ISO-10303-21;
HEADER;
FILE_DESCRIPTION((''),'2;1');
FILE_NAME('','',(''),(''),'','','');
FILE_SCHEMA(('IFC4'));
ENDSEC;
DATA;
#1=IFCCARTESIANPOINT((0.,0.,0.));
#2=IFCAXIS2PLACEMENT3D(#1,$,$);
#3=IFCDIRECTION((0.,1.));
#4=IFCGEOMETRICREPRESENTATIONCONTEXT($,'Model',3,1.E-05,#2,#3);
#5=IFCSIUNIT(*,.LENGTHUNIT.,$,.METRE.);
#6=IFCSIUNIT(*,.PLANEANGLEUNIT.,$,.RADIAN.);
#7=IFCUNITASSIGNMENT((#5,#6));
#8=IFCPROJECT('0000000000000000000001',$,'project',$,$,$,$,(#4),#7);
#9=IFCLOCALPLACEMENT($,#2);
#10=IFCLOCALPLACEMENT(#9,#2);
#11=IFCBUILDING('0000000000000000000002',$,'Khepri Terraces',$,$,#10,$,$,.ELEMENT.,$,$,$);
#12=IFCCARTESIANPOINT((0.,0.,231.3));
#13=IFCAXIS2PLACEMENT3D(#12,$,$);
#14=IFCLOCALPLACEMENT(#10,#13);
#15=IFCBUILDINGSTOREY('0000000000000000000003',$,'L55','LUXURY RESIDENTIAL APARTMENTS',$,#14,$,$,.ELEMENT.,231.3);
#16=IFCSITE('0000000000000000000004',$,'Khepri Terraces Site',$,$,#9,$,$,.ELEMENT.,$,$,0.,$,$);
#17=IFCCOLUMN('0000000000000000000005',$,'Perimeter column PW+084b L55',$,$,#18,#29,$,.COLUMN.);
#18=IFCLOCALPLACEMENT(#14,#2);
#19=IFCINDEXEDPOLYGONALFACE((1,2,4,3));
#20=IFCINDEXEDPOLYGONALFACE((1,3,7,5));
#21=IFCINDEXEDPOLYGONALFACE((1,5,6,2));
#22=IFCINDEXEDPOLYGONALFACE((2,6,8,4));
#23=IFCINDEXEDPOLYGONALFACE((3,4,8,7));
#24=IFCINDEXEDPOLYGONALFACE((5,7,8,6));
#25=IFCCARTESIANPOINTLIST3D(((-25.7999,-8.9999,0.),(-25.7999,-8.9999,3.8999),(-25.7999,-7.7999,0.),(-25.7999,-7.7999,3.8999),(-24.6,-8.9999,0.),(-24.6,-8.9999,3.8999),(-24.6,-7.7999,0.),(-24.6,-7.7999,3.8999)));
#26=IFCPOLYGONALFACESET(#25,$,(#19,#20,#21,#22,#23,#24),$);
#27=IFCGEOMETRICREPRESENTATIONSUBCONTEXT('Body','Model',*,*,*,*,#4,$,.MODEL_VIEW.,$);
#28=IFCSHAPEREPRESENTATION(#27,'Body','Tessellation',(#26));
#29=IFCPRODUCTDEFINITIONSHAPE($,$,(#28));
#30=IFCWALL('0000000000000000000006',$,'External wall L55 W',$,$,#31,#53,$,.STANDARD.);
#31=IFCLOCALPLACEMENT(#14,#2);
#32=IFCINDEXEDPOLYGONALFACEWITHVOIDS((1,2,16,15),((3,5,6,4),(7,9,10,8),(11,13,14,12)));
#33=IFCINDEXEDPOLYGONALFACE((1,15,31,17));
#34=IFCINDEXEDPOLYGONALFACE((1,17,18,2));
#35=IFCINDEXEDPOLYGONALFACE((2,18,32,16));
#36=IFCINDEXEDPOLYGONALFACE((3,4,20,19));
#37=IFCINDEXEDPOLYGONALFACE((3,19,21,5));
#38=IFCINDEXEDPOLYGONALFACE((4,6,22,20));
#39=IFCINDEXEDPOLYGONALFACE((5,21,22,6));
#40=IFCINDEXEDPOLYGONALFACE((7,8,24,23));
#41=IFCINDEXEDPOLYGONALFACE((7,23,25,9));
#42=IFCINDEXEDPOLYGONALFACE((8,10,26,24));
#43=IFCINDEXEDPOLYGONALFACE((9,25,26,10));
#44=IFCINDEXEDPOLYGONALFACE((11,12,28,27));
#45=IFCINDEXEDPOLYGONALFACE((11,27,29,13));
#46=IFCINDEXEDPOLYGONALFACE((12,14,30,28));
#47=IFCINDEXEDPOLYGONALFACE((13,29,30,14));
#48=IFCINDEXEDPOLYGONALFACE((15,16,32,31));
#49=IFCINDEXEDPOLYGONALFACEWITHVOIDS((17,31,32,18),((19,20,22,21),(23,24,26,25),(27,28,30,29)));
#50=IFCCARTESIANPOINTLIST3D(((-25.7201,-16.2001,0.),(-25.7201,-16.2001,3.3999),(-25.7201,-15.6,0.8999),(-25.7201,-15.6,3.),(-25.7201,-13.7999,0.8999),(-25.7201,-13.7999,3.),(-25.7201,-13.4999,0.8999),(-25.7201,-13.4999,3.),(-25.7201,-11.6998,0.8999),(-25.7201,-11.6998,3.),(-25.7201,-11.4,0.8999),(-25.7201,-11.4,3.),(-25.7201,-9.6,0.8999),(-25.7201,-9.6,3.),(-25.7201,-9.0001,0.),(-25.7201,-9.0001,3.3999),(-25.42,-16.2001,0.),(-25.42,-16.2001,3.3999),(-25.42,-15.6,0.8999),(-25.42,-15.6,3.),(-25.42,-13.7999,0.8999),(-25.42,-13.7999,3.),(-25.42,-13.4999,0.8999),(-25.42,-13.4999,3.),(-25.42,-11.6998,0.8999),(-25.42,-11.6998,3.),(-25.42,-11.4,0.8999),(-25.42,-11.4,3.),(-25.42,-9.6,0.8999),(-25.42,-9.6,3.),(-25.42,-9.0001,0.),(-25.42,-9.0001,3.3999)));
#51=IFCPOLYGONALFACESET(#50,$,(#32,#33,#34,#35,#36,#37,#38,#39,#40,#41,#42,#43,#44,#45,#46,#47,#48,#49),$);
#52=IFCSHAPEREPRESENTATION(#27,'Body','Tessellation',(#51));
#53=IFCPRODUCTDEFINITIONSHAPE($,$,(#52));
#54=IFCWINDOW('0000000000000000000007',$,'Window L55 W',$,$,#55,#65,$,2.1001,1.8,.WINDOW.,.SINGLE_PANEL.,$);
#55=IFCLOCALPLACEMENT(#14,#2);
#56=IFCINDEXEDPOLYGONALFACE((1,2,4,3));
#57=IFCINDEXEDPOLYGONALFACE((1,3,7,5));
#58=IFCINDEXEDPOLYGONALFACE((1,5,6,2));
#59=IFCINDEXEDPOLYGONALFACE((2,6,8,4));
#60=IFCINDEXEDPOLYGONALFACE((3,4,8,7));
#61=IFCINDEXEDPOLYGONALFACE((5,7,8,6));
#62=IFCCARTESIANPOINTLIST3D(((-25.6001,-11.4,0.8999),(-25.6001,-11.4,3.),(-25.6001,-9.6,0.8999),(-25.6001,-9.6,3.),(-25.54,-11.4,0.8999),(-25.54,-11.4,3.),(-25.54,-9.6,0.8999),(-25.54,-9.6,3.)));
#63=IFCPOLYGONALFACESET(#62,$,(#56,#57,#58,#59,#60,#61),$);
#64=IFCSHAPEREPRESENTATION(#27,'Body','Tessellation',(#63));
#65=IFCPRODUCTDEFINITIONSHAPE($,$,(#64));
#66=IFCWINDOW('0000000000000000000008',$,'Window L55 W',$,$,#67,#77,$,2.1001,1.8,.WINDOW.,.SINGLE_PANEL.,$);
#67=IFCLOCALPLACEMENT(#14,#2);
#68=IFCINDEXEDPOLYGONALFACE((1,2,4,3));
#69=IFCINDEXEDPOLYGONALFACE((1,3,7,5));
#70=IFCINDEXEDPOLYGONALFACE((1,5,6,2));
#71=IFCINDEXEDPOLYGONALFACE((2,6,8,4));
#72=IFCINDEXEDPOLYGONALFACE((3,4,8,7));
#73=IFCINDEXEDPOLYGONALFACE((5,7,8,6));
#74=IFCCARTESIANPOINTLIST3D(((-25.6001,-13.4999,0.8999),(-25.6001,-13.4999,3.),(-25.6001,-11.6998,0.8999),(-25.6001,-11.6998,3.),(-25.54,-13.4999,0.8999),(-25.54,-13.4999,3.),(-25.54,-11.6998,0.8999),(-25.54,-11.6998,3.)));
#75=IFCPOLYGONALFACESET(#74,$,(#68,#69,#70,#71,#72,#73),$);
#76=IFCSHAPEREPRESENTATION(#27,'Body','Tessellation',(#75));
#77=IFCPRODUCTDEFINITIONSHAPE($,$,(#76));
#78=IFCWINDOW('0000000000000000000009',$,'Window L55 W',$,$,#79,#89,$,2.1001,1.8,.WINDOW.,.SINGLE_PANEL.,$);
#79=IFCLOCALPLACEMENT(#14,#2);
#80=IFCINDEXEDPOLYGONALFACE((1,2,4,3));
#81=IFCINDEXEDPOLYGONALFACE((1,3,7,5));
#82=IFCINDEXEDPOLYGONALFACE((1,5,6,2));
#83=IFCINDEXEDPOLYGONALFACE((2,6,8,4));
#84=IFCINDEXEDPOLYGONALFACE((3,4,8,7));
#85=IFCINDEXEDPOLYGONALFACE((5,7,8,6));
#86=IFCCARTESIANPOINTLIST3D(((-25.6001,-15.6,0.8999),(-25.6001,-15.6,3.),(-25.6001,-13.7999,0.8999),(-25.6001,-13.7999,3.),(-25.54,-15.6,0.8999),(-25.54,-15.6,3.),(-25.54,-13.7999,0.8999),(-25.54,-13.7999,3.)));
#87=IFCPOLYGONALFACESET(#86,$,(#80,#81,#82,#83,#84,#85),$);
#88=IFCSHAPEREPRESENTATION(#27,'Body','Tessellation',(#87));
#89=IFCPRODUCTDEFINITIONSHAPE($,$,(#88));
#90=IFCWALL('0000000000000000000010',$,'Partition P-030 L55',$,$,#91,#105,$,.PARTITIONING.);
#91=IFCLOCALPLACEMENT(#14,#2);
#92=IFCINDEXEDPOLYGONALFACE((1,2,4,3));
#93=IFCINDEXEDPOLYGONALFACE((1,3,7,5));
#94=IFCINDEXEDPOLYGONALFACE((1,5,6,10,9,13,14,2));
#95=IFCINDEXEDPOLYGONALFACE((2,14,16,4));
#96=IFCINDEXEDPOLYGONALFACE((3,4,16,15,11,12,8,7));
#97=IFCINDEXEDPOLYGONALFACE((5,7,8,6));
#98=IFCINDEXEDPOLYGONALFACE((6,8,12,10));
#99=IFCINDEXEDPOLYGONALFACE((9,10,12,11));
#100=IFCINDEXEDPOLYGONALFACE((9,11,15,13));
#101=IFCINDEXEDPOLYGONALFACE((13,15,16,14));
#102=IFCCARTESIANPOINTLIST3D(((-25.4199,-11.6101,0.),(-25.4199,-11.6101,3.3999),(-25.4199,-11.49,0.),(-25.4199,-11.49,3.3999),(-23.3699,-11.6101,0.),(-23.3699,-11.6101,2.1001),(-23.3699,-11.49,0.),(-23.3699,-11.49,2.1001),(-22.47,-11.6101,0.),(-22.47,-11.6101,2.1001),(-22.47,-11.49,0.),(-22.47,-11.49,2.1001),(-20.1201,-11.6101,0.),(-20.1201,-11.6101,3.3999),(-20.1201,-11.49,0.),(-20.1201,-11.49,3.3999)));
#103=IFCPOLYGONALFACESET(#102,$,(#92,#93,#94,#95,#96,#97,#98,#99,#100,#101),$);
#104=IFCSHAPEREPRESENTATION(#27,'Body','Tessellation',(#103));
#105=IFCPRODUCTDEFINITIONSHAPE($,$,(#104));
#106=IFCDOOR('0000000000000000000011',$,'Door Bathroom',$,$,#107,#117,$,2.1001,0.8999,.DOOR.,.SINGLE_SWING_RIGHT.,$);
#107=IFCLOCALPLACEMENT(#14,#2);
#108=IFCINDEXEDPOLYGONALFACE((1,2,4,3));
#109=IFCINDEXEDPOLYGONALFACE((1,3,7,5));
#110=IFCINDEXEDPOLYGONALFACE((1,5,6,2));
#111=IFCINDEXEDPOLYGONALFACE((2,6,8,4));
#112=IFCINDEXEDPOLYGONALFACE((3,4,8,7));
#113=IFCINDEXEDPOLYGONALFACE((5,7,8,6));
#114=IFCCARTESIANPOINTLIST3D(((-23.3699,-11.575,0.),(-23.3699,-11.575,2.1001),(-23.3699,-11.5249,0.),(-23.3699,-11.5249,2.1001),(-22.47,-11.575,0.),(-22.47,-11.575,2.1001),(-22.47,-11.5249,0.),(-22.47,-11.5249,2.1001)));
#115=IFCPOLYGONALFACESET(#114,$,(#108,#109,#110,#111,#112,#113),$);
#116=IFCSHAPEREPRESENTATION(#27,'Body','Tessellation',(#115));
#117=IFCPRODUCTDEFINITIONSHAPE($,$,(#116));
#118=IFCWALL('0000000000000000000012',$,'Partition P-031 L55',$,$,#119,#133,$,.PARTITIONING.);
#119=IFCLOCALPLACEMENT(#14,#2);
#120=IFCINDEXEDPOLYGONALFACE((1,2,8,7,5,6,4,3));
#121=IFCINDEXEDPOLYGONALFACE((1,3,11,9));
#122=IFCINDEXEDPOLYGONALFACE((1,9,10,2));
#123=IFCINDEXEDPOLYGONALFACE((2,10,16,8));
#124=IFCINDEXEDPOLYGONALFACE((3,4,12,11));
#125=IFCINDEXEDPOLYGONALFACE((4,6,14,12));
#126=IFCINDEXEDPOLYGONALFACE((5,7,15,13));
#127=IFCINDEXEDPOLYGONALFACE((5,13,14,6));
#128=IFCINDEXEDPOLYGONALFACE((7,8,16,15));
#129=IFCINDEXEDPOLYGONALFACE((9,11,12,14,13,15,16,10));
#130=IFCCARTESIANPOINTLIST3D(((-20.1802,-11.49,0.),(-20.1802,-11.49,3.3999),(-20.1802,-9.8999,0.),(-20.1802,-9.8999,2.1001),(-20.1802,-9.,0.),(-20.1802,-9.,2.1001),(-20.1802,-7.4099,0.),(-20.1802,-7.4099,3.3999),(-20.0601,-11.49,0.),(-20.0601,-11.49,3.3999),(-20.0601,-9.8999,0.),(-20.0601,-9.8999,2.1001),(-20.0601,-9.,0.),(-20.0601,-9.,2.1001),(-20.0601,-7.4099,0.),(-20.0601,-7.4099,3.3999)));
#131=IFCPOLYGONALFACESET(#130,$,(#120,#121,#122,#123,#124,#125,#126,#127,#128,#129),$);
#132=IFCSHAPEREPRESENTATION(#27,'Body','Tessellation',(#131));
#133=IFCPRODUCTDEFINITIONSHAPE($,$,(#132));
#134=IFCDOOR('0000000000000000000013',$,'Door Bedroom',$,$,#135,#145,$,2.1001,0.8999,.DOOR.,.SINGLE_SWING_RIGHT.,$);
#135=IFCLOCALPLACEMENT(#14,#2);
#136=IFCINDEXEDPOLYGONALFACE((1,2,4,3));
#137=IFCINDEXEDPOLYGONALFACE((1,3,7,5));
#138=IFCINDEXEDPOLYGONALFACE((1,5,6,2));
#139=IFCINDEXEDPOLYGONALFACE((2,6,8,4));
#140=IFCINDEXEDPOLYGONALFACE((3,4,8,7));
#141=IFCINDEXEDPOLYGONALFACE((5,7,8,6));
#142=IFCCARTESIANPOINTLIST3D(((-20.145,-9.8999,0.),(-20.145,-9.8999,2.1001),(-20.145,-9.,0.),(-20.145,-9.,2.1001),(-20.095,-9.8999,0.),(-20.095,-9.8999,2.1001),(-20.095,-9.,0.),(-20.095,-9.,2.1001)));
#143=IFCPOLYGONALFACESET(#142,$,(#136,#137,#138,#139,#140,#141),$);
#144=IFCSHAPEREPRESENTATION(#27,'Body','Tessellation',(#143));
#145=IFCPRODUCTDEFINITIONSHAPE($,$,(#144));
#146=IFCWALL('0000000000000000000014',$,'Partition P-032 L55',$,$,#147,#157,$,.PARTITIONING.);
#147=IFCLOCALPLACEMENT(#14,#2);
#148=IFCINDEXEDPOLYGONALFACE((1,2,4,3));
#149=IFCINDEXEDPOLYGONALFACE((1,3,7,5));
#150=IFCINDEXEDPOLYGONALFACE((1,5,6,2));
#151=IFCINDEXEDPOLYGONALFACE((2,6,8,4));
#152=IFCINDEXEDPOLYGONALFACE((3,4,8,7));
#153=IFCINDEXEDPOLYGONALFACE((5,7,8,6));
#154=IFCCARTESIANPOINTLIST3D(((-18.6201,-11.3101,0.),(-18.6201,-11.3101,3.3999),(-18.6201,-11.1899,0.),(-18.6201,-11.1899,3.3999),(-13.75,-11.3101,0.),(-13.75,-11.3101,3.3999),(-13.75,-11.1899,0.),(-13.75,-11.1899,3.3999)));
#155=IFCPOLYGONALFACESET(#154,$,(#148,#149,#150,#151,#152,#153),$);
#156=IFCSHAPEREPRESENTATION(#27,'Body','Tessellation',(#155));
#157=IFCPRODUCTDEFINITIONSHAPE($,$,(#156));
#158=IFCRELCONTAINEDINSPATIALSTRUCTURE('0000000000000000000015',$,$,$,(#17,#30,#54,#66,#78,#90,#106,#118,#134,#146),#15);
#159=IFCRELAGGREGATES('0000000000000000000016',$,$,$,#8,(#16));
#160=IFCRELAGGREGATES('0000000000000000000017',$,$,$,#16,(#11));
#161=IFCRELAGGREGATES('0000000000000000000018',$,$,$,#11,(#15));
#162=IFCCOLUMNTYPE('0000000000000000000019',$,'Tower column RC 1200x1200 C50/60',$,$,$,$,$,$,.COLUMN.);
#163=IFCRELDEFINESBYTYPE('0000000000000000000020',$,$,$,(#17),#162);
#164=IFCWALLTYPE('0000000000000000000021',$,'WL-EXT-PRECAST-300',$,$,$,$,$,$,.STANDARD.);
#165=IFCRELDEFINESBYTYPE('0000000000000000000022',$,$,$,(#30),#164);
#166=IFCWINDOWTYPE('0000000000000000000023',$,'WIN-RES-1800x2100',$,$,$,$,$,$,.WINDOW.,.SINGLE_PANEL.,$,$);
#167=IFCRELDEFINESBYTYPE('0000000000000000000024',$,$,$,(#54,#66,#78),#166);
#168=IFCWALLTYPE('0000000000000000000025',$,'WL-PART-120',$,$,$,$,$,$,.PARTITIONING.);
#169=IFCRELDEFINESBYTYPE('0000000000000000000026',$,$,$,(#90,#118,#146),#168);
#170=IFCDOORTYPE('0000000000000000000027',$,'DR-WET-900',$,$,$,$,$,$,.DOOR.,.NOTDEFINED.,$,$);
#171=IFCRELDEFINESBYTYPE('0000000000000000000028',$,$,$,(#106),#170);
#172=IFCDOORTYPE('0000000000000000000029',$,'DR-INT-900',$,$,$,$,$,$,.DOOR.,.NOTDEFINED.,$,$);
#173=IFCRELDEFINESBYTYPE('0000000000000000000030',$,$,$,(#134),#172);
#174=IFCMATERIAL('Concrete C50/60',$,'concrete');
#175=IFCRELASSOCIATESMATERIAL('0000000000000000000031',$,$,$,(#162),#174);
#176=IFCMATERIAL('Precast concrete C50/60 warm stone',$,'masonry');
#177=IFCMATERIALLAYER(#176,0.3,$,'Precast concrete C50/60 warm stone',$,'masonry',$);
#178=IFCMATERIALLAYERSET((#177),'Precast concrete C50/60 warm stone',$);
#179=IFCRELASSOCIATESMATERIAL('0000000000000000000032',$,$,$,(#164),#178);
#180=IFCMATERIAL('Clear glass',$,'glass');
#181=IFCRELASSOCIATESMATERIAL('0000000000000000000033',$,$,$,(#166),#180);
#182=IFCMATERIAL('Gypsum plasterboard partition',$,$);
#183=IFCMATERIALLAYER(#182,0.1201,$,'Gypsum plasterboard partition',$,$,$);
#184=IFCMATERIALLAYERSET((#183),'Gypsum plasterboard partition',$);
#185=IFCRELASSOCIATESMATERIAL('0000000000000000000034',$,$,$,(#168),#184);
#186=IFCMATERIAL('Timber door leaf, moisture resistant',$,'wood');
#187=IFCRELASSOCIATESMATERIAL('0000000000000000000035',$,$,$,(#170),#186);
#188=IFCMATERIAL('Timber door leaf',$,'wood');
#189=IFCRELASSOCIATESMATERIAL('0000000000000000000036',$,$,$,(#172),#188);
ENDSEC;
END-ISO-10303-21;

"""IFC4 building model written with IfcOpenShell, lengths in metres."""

from ifc_helpers import new_model, si_unit, direction, frame, frame_2d, origin, origin_2d, place, context, subcontext, project, spatial, rectangle, extrude, material, layer, layer_set, material_profile, profile_set, type_object, element, fill, save


model = new_model("IFC4")

# Units and contexts
model_context = context("Model", 3, precision=1e-05, world=origin(), true_north=direction((0.0, 1.0)))
body_context = subcontext(model_context, "Body", "Model", "MODEL_VIEW")
ifc_project = project(units=[si_unit("LENGTHUNIT", "METRE"), si_unit("PLANEANGLEUNIT", "RADIAN")], contexts=[model_context])

# Site, building, storey
site_placement = place(None, origin())
site = spatial("IfcSite", under=ifc_project, at=site_placement, Name="Khepri Terraces Site", CompositionType="ELEMENT", RefElevation=0.0)
building_placement = place(site_placement, origin())
building = spatial("IfcBuilding", under=site, at=building_placement, Name="Khepri Terraces", CompositionType="ELEMENT")
storey_placement = place(building_placement, frame((0.0, 0.0, 231.3)))
storey = spatial("IfcBuildingStorey", under=building, at=storey_placement, Name="L55", Description="LUXURY RESIDENTIAL APARTMENTS", CompositionType="ELEMENT", Elevation=231.3)

# Column
ifc_material_1 = material(Name="Concrete C50/60", Category="concrete")
ifc_material_profile = material_profile(ifc_material_1, rectangle(XDim=1.2, YDim=1.2, at=origin_2d()), Name="Concrete C50/60", Category="concrete")
ifc_profile_set = profile_set([ifc_material_profile], Name="Concrete C50/60")
column_type = type_object("IfcColumnType", Name="Tower column RC 1200x1200 C50/60", PredefinedType="COLUMN", material=ifc_profile_set)
column_placement = place(storey_placement, frame((-25.2, -8.3999, 0.0), z_axis=(0.0, 0.0, 1.0), x_axis=(1.0, 0.0, 0.0)))
element("IfcColumn", 1, at=column_placement, inside=storey, type_object=column_type, Name="Perimeter column PW+084b L55", PredefinedType="COLUMN", context=body_context, shape_type="SweptSolid", body=[
    extrude(rectangle(XDim=1.2, YDim=1.2, at=origin_2d()), origin(), (0.0, 0.0, 1.0), 3.8999),
])

# Wall, openings, windows
ifc_material_2 = material(Name="Precast concrete C50/60 warm stone", Category="masonry")
ifc_layer_1 = layer(ifc_material_2, 0.3, Name="Precast concrete C50/60 warm stone", Category="masonry")
ifc_layer_set_1 = layer_set([ifc_layer_1], Name="Precast concrete C50/60 warm stone")
wall_type_1 = type_object("IfcWallType", Name="WL-EXT-PRECAST-300", PredefinedType="STANDARD", material=ifc_layer_set_1)
wall_1_placement = place(storey_placement, frame((-25.5701, -9.0, 0.0), z_axis=(0.0, 0.0, 1.0), x_axis=(0.0, -1.0, 0.0)))
wall_1 = element("IfcWall", 2, at=wall_1_placement, inside=storey, type_object=wall_type_1, Name="External wall L55 W", PredefinedType="STANDARD", context=body_context, shape_type="SweptSolid", body=[
    extrude(rectangle(XDim=7.2, YDim=0.3, at=frame_2d((3.6001, 0.0))), origin(), (0.0, 0.0, 1.0), 3.3999),
])
opening_1_placement = place(wall_1_placement, frame((0.6001, 0.0, 0.8999)))
opening_1 = element("IfcOpeningElement", 3, at=opening_1_placement, cuts=wall_1, PredefinedType="OPENING", context=body_context, shape_type="SweptSolid", body=[
    extrude(rectangle(XDim=1.8, YDim=2.1001, at=frame_2d((0.8999, 1.05))), frame((0.0, 0.1602, 0.0), z_axis=(0.0, -1.0, 0.0), x_axis=(1.0, 0.0, 0.0)), (0.0, 0.0, 1.0), 0.3201),
])
opening_2_placement = place(wall_1_placement, frame((2.7, 0.0, 0.8999)))
opening_2 = element("IfcOpeningElement", 4, at=opening_2_placement, cuts=wall_1, PredefinedType="OPENING", context=body_context, shape_type="SweptSolid", body=[
    extrude(rectangle(XDim=1.8, YDim=2.1001, at=frame_2d((0.8999, 1.05))), frame((0.0, 0.1602, 0.0), z_axis=(0.0, -1.0, 0.0), x_axis=(1.0, 0.0, 0.0)), (0.0, 0.0, 1.0), 0.3201),
])
opening_3_placement = place(wall_1_placement, frame((4.8, 0.0, 0.8999)))
opening_3 = element("IfcOpeningElement", 5, at=opening_3_placement, cuts=wall_1, PredefinedType="OPENING", context=body_context, shape_type="SweptSolid", body=[
    extrude(rectangle(XDim=1.8, YDim=2.1001, at=frame_2d((0.8999, 1.05))), frame((0.0, 0.1602, 0.0), z_axis=(0.0, -1.0, 0.0), x_axis=(1.0, 0.0, 0.0)), (0.0, 0.0, 1.0), 0.3201),
])
ifc_material_3 = material(Name="Clear glass", Category="glass")
window_type = type_object("IfcWindowType", Name="WIN-RES-1800x2100", PartitioningType="SINGLE_PANEL", PredefinedType="WINDOW", material=ifc_material_3)
window_1_placement = place(opening_1_placement, origin())
window_1 = element("IfcWindow", 6, at=window_1_placement, inside=storey, type_object=window_type, Name="Window L55 W", OverallHeight=2.1001, OverallWidth=1.8, PartitioningType="SINGLE_PANEL", PredefinedType="WINDOW", context=body_context, shape_type="SweptSolid", body=[
    extrude(rectangle(XDim=1.8, YDim=2.1001, at=frame_2d((0.8999, 1.05))), frame((0.0, 0.03, 0.0), z_axis=(0.0, -1.0, 0.0), x_axis=(1.0, 0.0, 0.0)), (0.0, 0.0, 1.0), 0.0601),
])
fill(opening_1, window_1)
window_2_placement = place(opening_2_placement, origin())
window_2 = element("IfcWindow", 7, at=window_2_placement, inside=storey, type_object=window_type, Name="Window L55 W", OverallHeight=2.1001, OverallWidth=1.8, PartitioningType="SINGLE_PANEL", PredefinedType="WINDOW", context=body_context, shape_type="SweptSolid", body=[
    extrude(rectangle(XDim=1.8, YDim=2.1001, at=frame_2d((0.8999, 1.05))), frame((0.0, 0.03, 0.0), z_axis=(0.0, -1.0, 0.0), x_axis=(1.0, 0.0, 0.0)), (0.0, 0.0, 1.0), 0.0601),
])
fill(opening_2, window_2)
window_3_placement = place(opening_3_placement, origin())
window_3 = element("IfcWindow", 8, at=window_3_placement, inside=storey, type_object=window_type, Name="Window L55 W", OverallHeight=2.1001, OverallWidth=1.8, PartitioningType="SINGLE_PANEL", PredefinedType="WINDOW", context=body_context, shape_type="SweptSolid", body=[
    extrude(rectangle(XDim=1.8, YDim=2.1001, at=frame_2d((0.8999, 1.05))), frame((0.0, 0.03, 0.0), z_axis=(0.0, -1.0, 0.0), x_axis=(1.0, 0.0, 0.0)), (0.0, 0.0, 1.0), 0.0601),
])
fill(opening_3, window_3)

# Walls, openings, doors
ifc_material_4 = material(Name="Gypsum plasterboard partition")
ifc_layer_2 = layer(ifc_material_4, 0.1201, Name="Gypsum plasterboard partition")
ifc_layer_set_2 = layer_set([ifc_layer_2], Name="Gypsum plasterboard partition")
wall_type_2 = type_object("IfcWallType", Name="WL-PART-120", PredefinedType="PARTITIONING", material=ifc_layer_set_2)
wall_2_placement = place(storey_placement, frame((-25.4199, -11.55, 0.0), z_axis=(0.0, 0.0, 1.0), x_axis=(1.0, 0.0, 0.0)))
wall_2 = element("IfcWall", 9, at=wall_2_placement, inside=storey, type_object=wall_type_2, Name="Partition P-030 L55", PredefinedType="PARTITIONING", context=body_context, shape_type="SweptSolid", body=[
    extrude(rectangle(XDim=5.2998, YDim=0.1201, at=frame_2d((2.6499, 0.0))), origin(), (0.0, 0.0, 1.0), 3.3999),
])
opening_4_placement = place(wall_2_placement, frame((2.05, 0.0, 0.0)))
opening_4 = element("IfcOpeningElement", 10, at=opening_4_placement, cuts=wall_2, PredefinedType="OPENING", context=body_context, shape_type="SweptSolid", body=[
    extrude(rectangle(XDim=0.8999, YDim=2.1001, at=frame_2d((0.45, 1.05))), frame((0.0, 0.0701, 0.0), z_axis=(0.0, -1.0, 0.0), x_axis=(1.0, 0.0, 0.0)), (0.0, 0.0, 1.0), 0.1401),
])
ifc_material_5 = material(Name="Timber door leaf, moisture resistant", Category="wood")
door_type_1 = type_object("IfcDoorType", Name="DR-WET-900", OperationType="NOTDEFINED", PredefinedType="DOOR", material=ifc_material_5)
door_1_placement = place(opening_4_placement, frame((0.8999, 0.0, 0.0), z_axis=(0.0, 0.0, 1.0), x_axis=(-1.0, 0.0, 0.0)))
door_1 = element("IfcDoor", 11, at=door_1_placement, inside=storey, type_object=door_type_1, Name="Door Bathroom", OperationType="SINGLE_SWING_RIGHT", OverallHeight=2.1001, OverallWidth=0.8999, PredefinedType="DOOR", context=body_context, shape_type="SweptSolid", body=[
    extrude(rectangle(XDim=0.8999, YDim=2.1001, at=frame_2d((0.45, 1.05))), frame((0.0, 0.0249, 0.0), z_axis=(0.0, -1.0, 0.0), x_axis=(1.0, 0.0, 0.0)), (0.0, 0.0, 1.0), 0.05),
])
fill(opening_4, door_1)
wall_3_placement = place(storey_placement, frame((-20.1201, -11.49, 0.0), z_axis=(0.0, 0.0, 1.0), x_axis=(0.0, 1.0, 0.0)))
wall_3 = element("IfcWall", 12, at=wall_3_placement, inside=storey, type_object=wall_type_2, Name="Partition P-031 L55", PredefinedType="PARTITIONING", context=body_context, shape_type="SweptSolid", body=[
    extrude(rectangle(XDim=4.0801, YDim=0.1201, at=frame_2d((2.04, 0.0))), origin(), (0.0, 0.0, 1.0), 3.3999),
])
opening_5_placement = place(wall_3_placement, frame((1.5901, 0.0, 0.0)))
opening_5 = element("IfcOpeningElement", 13, at=opening_5_placement, cuts=wall_3, PredefinedType="OPENING", context=body_context, shape_type="SweptSolid", body=[
    extrude(rectangle(XDim=0.8999, YDim=2.1001, at=frame_2d((0.45, 1.05))), frame((0.0, 0.0701, 0.0), z_axis=(0.0, -1.0, 0.0), x_axis=(1.0, 0.0, 0.0)), (0.0, 0.0, 1.0), 0.1401),
])
ifc_material_6 = material(Name="Timber door leaf", Category="wood")
door_type_2 = type_object("IfcDoorType", Name="DR-INT-900", OperationType="NOTDEFINED", PredefinedType="DOOR", material=ifc_material_6)
door_2_placement = place(opening_5_placement, origin())
door_2 = element("IfcDoor", 14, at=door_2_placement, inside=storey, type_object=door_type_2, Name="Door Bedroom", OperationType="SINGLE_SWING_RIGHT", OverallHeight=2.1001, OverallWidth=0.8999, PredefinedType="DOOR", context=body_context, shape_type="SweptSolid", body=[
    extrude(rectangle(XDim=0.8999, YDim=2.1001, at=frame_2d((0.45, 1.05))), frame((0.0, 0.0249, 0.0), z_axis=(0.0, -1.0, 0.0), x_axis=(1.0, 0.0, 0.0)), (0.0, 0.0, 1.0), 0.05),
])
fill(opening_5, door_2)

# Wall
wall_4_placement = place(storey_placement, frame((-18.6201, -11.25, 0.0), z_axis=(0.0, 0.0, 1.0), x_axis=(1.0, 0.0, 0.0)))
element("IfcWall", 15, at=wall_4_placement, inside=storey, type_object=wall_type_2, Name="Partition P-032 L55", PredefinedType="PARTITIONING", context=body_context, shape_type="SweptSolid", body=[
    extrude(rectangle(XDim=4.8701, YDim=0.1201, at=frame_2d((2.4351, 0.0))), origin(), (0.0, 0.0, 1.0), 3.3999),
])

save(model, "model.ifc")
